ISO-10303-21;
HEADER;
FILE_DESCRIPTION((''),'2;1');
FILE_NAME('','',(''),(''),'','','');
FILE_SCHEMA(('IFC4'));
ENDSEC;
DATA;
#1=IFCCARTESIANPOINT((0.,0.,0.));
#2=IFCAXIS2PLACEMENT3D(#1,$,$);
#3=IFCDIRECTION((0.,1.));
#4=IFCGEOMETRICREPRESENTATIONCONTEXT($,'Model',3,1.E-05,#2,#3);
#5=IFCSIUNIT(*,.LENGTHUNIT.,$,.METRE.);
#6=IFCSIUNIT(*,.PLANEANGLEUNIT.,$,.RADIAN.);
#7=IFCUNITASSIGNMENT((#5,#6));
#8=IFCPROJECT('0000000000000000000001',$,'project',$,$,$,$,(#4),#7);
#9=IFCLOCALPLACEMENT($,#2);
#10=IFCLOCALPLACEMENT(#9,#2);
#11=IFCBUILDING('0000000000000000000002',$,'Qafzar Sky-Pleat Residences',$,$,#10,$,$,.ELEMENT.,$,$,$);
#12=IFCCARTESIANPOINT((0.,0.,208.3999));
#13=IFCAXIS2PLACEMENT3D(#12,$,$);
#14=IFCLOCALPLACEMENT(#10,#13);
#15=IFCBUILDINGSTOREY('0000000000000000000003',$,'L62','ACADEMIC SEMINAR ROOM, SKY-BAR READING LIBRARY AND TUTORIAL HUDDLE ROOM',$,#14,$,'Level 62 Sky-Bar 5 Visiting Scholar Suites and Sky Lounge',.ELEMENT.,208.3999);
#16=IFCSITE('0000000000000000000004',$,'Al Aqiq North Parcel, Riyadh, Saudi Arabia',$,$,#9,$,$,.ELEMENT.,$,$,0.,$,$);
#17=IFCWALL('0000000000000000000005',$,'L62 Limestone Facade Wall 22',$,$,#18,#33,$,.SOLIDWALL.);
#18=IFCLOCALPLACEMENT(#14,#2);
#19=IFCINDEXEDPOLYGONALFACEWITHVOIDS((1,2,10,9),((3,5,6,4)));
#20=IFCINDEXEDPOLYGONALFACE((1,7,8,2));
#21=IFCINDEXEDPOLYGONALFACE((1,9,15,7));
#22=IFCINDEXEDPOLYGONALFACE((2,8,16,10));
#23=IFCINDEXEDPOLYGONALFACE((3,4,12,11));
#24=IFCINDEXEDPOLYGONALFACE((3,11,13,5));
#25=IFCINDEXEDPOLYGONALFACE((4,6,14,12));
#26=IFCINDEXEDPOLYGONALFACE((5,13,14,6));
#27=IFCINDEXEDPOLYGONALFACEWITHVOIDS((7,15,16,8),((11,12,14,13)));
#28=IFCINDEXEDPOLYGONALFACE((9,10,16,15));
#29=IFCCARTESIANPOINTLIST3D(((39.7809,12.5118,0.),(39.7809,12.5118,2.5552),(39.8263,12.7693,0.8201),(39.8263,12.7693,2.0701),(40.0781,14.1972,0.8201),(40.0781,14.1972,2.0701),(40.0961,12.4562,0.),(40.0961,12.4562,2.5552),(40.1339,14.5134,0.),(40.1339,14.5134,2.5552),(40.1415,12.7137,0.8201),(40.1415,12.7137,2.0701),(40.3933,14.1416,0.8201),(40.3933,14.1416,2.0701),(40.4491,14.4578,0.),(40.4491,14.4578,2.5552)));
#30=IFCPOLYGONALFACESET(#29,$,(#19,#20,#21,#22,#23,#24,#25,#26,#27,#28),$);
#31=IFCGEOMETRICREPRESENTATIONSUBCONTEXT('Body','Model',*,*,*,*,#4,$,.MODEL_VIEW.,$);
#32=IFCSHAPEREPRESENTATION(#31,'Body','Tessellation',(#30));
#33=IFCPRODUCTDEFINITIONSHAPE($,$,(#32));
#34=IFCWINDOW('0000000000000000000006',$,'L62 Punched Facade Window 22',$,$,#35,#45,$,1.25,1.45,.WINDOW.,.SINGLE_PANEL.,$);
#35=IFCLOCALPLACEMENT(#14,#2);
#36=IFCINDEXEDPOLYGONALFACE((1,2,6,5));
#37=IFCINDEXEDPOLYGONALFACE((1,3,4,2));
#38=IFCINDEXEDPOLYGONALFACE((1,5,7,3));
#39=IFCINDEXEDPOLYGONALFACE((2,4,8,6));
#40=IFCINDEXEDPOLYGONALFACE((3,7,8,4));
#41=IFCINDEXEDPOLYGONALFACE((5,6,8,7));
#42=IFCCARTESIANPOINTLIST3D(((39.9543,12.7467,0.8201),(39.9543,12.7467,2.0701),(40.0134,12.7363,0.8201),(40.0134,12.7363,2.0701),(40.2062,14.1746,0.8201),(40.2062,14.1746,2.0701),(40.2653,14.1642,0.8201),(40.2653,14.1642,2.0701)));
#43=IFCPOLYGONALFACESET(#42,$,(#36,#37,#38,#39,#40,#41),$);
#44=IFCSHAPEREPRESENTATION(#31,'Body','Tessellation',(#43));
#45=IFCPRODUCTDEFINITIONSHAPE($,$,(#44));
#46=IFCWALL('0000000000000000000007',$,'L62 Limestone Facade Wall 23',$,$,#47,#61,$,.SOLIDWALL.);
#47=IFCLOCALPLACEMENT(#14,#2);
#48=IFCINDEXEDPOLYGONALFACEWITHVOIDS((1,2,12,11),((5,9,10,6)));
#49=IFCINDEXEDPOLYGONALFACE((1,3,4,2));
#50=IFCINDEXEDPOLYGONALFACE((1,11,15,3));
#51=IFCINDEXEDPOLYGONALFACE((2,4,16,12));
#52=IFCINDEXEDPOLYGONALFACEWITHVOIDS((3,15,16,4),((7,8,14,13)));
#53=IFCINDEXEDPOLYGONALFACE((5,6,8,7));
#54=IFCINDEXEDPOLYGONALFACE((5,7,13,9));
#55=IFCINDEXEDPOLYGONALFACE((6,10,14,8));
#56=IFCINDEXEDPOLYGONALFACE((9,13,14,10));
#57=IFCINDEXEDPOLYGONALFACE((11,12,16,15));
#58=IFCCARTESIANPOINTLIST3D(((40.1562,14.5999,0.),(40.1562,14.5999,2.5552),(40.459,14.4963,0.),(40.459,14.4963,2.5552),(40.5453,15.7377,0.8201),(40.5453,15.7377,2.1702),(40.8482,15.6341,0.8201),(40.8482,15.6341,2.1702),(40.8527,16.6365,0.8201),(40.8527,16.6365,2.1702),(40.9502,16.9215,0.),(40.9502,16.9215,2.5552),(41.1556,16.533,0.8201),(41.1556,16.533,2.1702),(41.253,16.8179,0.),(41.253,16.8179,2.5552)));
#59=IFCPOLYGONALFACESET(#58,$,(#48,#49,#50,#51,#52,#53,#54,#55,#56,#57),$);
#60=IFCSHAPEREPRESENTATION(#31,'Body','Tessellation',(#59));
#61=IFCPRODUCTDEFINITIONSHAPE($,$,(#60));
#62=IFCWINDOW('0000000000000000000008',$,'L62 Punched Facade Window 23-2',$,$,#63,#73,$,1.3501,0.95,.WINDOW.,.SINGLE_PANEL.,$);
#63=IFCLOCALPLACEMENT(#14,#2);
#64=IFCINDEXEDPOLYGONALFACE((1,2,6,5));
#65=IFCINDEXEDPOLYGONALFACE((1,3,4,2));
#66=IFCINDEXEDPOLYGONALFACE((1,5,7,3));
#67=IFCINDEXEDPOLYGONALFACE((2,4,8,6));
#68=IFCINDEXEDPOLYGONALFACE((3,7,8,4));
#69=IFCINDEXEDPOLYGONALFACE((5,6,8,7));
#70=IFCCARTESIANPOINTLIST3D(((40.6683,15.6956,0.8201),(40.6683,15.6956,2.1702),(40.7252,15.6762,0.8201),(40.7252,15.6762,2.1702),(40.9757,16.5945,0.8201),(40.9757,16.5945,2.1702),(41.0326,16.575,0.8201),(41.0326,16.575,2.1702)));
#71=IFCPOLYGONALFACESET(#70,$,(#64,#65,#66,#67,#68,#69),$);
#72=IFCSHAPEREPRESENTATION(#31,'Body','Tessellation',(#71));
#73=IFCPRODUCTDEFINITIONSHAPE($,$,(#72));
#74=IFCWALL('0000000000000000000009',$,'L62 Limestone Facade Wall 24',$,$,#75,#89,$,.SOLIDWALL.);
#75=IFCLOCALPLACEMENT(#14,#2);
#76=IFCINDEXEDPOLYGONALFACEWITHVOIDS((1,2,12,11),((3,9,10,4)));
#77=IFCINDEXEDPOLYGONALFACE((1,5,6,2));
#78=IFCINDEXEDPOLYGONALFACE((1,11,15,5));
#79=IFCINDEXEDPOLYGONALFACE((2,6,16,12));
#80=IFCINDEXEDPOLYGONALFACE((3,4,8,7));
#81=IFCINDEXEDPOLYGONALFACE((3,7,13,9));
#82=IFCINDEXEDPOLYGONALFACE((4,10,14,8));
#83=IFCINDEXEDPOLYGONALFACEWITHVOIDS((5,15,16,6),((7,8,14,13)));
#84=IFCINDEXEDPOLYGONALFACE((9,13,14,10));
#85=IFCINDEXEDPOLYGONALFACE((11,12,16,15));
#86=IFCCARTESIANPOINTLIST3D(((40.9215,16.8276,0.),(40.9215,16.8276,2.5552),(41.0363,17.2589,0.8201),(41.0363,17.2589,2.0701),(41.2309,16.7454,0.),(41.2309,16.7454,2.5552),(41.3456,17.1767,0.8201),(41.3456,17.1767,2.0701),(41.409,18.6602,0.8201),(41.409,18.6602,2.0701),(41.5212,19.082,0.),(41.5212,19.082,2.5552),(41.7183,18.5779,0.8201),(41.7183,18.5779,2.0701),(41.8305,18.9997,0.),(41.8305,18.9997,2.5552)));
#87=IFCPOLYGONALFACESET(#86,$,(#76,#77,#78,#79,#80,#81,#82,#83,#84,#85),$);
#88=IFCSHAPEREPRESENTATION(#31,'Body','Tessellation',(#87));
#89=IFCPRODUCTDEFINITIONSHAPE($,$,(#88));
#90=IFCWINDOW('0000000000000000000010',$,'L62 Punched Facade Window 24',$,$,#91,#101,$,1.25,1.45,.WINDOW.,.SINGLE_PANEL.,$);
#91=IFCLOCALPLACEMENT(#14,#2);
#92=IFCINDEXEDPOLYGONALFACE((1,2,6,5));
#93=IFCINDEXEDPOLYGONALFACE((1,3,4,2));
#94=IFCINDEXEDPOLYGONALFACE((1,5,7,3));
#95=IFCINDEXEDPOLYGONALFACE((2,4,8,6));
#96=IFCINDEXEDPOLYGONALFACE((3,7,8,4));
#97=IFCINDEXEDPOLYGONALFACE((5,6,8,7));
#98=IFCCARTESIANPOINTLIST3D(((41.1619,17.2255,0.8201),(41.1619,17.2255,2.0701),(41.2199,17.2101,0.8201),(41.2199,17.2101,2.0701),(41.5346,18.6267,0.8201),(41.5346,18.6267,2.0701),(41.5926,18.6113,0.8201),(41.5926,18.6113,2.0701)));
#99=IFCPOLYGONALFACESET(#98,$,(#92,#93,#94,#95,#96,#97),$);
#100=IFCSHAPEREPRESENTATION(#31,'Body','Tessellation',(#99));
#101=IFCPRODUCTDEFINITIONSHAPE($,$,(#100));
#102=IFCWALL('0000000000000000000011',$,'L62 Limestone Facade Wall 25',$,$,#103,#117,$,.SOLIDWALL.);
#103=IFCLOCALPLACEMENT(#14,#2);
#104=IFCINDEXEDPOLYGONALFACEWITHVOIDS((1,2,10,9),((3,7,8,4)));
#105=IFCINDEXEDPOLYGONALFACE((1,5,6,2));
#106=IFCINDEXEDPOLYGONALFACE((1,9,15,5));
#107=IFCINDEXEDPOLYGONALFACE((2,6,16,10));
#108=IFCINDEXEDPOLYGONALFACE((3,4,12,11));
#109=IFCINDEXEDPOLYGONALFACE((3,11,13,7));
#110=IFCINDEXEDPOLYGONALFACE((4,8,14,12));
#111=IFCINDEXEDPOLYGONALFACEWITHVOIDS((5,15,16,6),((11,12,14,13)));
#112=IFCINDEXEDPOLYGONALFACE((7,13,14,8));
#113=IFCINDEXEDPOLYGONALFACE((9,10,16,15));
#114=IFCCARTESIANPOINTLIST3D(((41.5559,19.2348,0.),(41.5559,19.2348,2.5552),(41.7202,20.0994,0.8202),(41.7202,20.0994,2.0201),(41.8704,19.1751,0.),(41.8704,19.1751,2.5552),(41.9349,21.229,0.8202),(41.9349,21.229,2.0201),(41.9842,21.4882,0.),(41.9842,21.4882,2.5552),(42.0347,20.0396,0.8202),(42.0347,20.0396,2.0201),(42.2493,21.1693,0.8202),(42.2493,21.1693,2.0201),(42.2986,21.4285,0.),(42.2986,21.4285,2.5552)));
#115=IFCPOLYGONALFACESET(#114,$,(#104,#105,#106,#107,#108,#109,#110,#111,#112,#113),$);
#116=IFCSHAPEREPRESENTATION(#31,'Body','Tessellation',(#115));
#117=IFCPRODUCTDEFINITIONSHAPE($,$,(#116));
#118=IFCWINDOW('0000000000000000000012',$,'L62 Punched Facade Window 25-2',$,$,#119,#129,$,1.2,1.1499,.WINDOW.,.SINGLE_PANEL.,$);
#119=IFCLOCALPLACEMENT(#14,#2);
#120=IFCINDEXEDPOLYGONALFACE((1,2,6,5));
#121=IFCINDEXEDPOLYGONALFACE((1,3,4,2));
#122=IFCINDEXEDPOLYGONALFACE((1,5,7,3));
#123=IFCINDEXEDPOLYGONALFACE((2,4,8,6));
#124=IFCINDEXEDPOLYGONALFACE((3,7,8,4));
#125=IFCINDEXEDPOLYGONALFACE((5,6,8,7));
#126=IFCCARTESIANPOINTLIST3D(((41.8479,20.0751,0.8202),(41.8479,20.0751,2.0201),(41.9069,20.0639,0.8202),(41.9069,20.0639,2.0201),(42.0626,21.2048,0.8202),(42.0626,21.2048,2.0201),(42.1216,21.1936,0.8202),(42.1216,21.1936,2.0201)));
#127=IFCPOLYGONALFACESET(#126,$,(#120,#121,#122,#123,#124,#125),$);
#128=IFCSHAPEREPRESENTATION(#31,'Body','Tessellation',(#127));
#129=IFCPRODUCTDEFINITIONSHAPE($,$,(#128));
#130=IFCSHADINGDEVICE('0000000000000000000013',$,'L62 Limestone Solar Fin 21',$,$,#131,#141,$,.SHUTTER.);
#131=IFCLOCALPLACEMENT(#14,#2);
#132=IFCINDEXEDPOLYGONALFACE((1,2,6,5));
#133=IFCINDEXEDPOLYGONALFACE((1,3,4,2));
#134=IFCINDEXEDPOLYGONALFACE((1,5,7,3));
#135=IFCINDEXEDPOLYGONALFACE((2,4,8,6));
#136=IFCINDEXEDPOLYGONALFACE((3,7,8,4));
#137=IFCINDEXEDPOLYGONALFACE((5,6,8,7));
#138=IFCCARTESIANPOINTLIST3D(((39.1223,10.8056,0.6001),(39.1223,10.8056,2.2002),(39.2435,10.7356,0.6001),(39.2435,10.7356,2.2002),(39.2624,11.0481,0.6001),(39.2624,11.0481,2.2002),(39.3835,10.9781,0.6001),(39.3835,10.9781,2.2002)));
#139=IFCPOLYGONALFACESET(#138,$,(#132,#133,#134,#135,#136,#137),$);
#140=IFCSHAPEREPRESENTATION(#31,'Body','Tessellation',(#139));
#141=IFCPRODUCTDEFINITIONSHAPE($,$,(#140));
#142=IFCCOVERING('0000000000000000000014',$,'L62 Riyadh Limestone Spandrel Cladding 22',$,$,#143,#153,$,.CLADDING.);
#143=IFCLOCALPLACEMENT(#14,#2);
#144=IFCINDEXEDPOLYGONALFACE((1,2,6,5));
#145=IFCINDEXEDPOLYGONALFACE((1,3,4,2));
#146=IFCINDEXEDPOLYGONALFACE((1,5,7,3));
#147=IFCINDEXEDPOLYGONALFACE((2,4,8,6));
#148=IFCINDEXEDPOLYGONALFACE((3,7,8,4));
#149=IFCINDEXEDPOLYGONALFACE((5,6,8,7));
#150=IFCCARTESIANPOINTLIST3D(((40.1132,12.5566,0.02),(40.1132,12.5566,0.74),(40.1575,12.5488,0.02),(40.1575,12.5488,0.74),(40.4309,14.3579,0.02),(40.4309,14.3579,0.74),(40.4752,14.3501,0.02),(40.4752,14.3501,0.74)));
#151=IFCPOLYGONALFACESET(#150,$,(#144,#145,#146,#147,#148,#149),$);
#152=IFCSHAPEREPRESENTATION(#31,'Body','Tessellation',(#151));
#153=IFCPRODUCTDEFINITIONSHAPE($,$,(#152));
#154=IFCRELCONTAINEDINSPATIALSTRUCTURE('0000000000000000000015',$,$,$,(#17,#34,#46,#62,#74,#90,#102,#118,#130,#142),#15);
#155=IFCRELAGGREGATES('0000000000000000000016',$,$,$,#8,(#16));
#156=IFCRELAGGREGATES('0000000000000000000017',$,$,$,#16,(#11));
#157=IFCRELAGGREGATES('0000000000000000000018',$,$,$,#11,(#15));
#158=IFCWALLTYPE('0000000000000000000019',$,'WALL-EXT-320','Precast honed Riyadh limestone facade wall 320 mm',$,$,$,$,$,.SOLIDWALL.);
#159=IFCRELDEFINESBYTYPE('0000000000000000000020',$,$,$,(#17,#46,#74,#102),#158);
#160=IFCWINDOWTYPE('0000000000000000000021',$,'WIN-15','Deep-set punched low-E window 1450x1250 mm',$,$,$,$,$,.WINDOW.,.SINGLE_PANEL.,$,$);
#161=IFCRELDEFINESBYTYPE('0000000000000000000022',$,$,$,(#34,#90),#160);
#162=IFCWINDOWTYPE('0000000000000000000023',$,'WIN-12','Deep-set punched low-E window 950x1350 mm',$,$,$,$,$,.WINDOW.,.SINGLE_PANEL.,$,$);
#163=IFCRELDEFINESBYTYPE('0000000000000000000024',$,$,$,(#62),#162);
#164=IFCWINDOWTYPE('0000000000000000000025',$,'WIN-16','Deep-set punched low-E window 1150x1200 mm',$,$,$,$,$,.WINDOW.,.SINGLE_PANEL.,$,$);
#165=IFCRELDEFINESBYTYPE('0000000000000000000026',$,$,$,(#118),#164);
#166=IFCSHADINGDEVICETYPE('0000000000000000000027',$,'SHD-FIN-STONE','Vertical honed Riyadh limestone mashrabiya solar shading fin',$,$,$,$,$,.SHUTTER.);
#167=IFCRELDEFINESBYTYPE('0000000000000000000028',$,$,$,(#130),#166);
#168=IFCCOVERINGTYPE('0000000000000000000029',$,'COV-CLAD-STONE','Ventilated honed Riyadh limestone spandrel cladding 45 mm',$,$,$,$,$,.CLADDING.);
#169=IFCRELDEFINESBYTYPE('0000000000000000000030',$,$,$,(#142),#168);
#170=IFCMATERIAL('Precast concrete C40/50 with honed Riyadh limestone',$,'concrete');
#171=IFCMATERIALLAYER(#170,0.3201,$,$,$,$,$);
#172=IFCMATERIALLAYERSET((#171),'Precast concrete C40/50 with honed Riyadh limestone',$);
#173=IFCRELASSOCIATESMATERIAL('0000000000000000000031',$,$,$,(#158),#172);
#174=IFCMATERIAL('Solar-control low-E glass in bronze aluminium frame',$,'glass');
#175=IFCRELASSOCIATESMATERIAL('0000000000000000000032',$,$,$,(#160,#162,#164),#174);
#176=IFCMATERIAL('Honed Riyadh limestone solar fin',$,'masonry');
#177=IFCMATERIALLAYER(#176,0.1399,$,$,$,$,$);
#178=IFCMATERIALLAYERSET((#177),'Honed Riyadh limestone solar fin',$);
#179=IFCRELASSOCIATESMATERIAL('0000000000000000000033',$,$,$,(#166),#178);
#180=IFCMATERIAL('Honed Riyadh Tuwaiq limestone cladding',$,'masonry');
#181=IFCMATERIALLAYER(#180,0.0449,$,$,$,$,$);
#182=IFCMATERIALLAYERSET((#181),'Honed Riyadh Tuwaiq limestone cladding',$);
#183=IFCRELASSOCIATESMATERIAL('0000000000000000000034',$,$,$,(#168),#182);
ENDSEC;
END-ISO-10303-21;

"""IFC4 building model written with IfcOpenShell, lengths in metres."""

from ifc_helpers import new_model, si_unit, direction, frame, frame_2d, origin, origin_2d, place, context, subcontext, project, spatial, rectangle, extrude, source, transform, mapped, material, layer, layer_set, type_object, element, fill, save


model = new_model("IFC4")

# Units and contexts
model_context = context("Model", 3, precision=1e-05, world=origin(), true_north=direction((0.0, 1.0)))
body_context = subcontext(model_context, "Body", "Model", "MODEL_VIEW")
ifc_project = project(units=[si_unit("LENGTHUNIT", "METRE"), si_unit("PLANEANGLEUNIT", "RADIAN")], contexts=[model_context])

# Site, building, storey
site_placement = place(None, origin())
site = spatial("IfcSite", under=ifc_project, at=site_placement, Name="Al Aqiq North Parcel, Riyadh, Saudi Arabia", CompositionType="ELEMENT", RefElevation=0.0)
building_placement = place(site_placement, origin())
building = spatial("IfcBuilding", under=site, at=building_placement, Name="Qafzar Sky-Pleat Residences", CompositionType="ELEMENT")
storey_placement = place(building_placement, frame((0.0, 0.0, 208.3999)))
storey = spatial("IfcBuildingStorey", under=building, at=storey_placement, Name="L62", Description="ACADEMIC SEMINAR ROOM, SKY-BAR READING LIBRARY AND TUTORIAL HUDDLE ROOM", LongName="Level 62 Sky-Bar 5 Visiting Scholar Suites and Sky Lounge", CompositionType="ELEMENT", Elevation=208.3999)

# Walls, openings, windows
ifc_material_1 = material(Name="Precast concrete C40/50 with honed Riyadh limestone", Category="concrete")
ifc_layer_1 = layer(ifc_material_1, 0.3201)
ifc_layer_set_1 = layer_set([ifc_layer_1], Name="Precast concrete C40/50 with honed Riyadh limestone")
wall_type_1 = type_object("IfcWallType", Name="WALL-EXT-320", Description="Precast honed Riyadh limestone facade wall 320 mm", PredefinedType="SOLIDWALL", material=ifc_layer_set_1)
ifc_material_2 = material(Name="Solar-control low-E glass in bronze aluminium frame", Category="glass")
window_type_1 = type_object("IfcWindowType", Name="WIN-15", Description="Deep-set punched low-E window 1450x1250 mm", PartitioningType="SINGLE_PANEL", PredefinedType="WINDOW", material=ifc_material_2)
shared_shape_1 = source(origin(), body_context, "Body", "SweptSolid", [
    extrude(rectangle(XDim=1.45, YDim=1.25, at=frame_2d((0.7251, 0.625))), frame((0.0, 0.03, 0.0), z_axis=(0.0, -1.0, 0.0), x_axis=(1.0, 0.0, 0.0)), (0.0, 0.0, 1.0), 0.0601),
])
wall_1_placement = place(storey_placement, frame((39.9385, 12.4841, 0.0), z_axis=(0.0, 0.0, 1.0), x_axis=(0.173703, 0.984798, 0.0)))
wall_1 = element("IfcWall", 1, at=wall_1_placement, inside=storey, type_object=wall_type_1, Name="L62 Limestone Facade Wall 22", PredefinedType="SOLIDWALL", context=body_context, shape_type="SweptSolid", body=[
    extrude(rectangle(XDim=2.0325, YDim=0.3201, at=frame_2d((1.0161, 0.0))), origin(), (0.0, 0.0, 1.0), 2.5552),
])
opening_1_placement = place(wall_1_placement, frame((0.2612, 0.0, 0.8201)))
opening_1 = element("IfcOpeningElement", 2, at=opening_1_placement, cuts=wall_1, PredefinedType="OPENING", context=body_context, shape_type="SweptSolid", body=[
    extrude(rectangle(XDim=1.45, YDim=1.25, at=frame_2d((0.7251, 0.625))), frame((0.0, 0.1699, 0.0), z_axis=(0.0, -1.0, 0.0), x_axis=(1.0, 0.0, 0.0)), (0.0, 0.0, 1.0), 0.3401),
])
window_1_placement = place(opening_1_placement, origin())
window_1 = element("IfcWindow", 3, at=window_1_placement, inside=storey, type_object=window_type_1, Name="L62 Punched Facade Window 22", OverallHeight=1.25, OverallWidth=1.45, PartitioningType="SINGLE_PANEL", PredefinedType="WINDOW", context=body_context, shape_type="MappedRepresentation", body=[
    mapped(shared_shape_1, transform((0.0, 0.0, 0.0), x_axis=(1.0, 0.0, 0.0), y_axis=(0.0, 1.0, 0.0), z_axis=(0.0, 0.0, 1.0), scale=1.0)),
])
fill(opening_1, window_1)
wall_2_placement = place(storey_placement, frame((40.3076, 14.5481, 0.0), z_axis=(0.0, 0.0, 1.0), x_axis=(0.323592, 0.946197, 0.0)))
wall_2 = element("IfcWall", 4, at=wall_2_placement, inside=storey, type_object=wall_type_1, Name="L62 Limestone Facade Wall 23", PredefinedType="SOLIDWALL", context=body_context, shape_type="SweptSolid", body=[
    extrude(rectangle(XDim=2.4536, YDim=0.3201, at=frame_2d((1.2268, 0.0))), origin(), (0.0, 0.0, 1.0), 2.5552),
])
opening_2_placement = place(wall_2_placement, frame((1.2024, 0.0, 0.8201)))
opening_2 = element("IfcOpeningElement", 5, at=opening_2_placement, cuts=wall_2, PredefinedType="OPENING", context=body_context, shape_type="SweptSolid", body=[
    extrude(rectangle(XDim=0.95, YDim=1.3501, at=frame_2d((0.4751, 0.675))), frame((0.0, 0.1699, 0.0), z_axis=(0.0, -1.0, 0.0), x_axis=(1.0, 0.0, 0.0)), (0.0, 0.0, 1.0), 0.3401),
])
window_type_2 = type_object("IfcWindowType", Name="WIN-12", Description="Deep-set punched low-E window 950x1350 mm", PartitioningType="SINGLE_PANEL", PredefinedType="WINDOW", material=ifc_material_2)
shared_shape_2 = source(origin(), body_context, "Body", "SweptSolid", [
    extrude(rectangle(XDim=0.95, YDim=1.3501, at=frame_2d((0.4751, 0.675))), frame((0.0, 0.03, 0.0), z_axis=(0.0, -1.0, 0.0), x_axis=(1.0, 0.0, 0.0)), (0.0, 0.0, 1.0), 0.0601),
])
window_2_placement = place(opening_2_placement, origin())
window_2 = element("IfcWindow", 6, at=window_2_placement, inside=storey, type_object=window_type_2, Name="L62 Punched Facade Window 23-2", OverallHeight=1.3501, OverallWidth=0.95, PartitioningType="SINGLE_PANEL", PredefinedType="WINDOW", context=body_context, shape_type="MappedRepresentation", body=[
    mapped(shared_shape_2, transform((0.0, 0.0, 0.0), x_axis=(1.0, 0.0, 0.0), y_axis=(0.0, 1.0, 0.0), z_axis=(0.0, 0.0, 1.0), scale=1.0)),
])
fill(opening_2, window_2)
wall_3_placement = place(storey_placement, frame((41.0762, 16.7864, 0.0), z_axis=(0.0, 0.0, 1.0), x_axis=(0.257037, 0.966401, 0.0)))
wall_3 = element("IfcWall", 7, at=wall_3_placement, inside=storey, type_object=wall_type_1, Name="L62 Limestone Facade Wall 24", PredefinedType="SOLIDWALL", context=body_context, shape_type="SweptSolid", body=[
    extrude(rectangle(XDim=2.3328, YDim=0.3201, at=frame_2d((1.1665, 0.0))), origin(), (0.0, 0.0, 1.0), 2.5552),
])
opening_3_placement = place(wall_3_placement, frame((0.4463, 0.0, 0.8201)))
opening_3 = element("IfcOpeningElement", 8, at=opening_3_placement, cuts=wall_3, PredefinedType="OPENING", context=body_context, shape_type="SweptSolid", body=[
    extrude(rectangle(XDim=1.45, YDim=1.25, at=frame_2d((0.7251, 0.625))), frame((0.0, 0.1699, 0.0), z_axis=(0.0, -1.0, 0.0), x_axis=(1.0, 0.0, 0.0)), (0.0, 0.0, 1.0), 0.3401),
])
window_3_placement = place(opening_3_placement, origin())
window_3 = element("IfcWindow", 9, at=window_3_placement, inside=storey, type_object=window_type_1, Name="L62 Punched Facade Window 24", OverallHeight=1.25, OverallWidth=1.45, PartitioningType="SINGLE_PANEL", PredefinedType="WINDOW", context=body_context, shape_type="MappedRepresentation", body=[
    mapped(shared_shape_1, transform((0.0, 0.0, 0.0), x_axis=(1.0, 0.0, 0.0), y_axis=(0.0, 1.0, 0.0), z_axis=(0.0, 0.0, 1.0), scale=1.0)),
])
fill(opening_3, window_3)
wall_4_placement = place(storey_placement, frame((41.7131, 19.2048, 0.0), z_axis=(0.0, 0.0, 1.0), x_axis=(0.186691, 0.982419, 0.0)))
wall_4 = element("IfcWall", 10, at=wall_4_placement, inside=storey, type_object=wall_type_1, Name="L62 Limestone Facade Wall 25", PredefinedType="SOLIDWALL", context=body_context, shape_type="SweptSolid", body=[
    extrude(rectangle(XDim=2.2937, YDim=0.3201, at=frame_2d((1.147, 0.0))), origin(), (0.0, 0.0, 1.0), 2.5552),
])
opening_4_placement = place(wall_4_placement, frame((0.8801, 0.0, 0.8201)))
opening_4 = element("IfcOpeningElement", 11, at=opening_4_placement, cuts=wall_4, PredefinedType="OPENING", context=body_context, shape_type="SweptSolid", body=[
    extrude(rectangle(XDim=1.1499, YDim=1.2, at=frame_2d((0.575, 0.6001))), frame((0.0, 0.1699, 0.0), z_axis=(0.0, -1.0, 0.0), x_axis=(1.0, 0.0, 0.0)), (0.0, 0.0, 1.0), 0.3401),
])
window_type_3 = type_object("IfcWindowType", Name="WIN-16", Description="Deep-set punched low-E window 1150x1200 mm", PartitioningType="SINGLE_PANEL", PredefinedType="WINDOW", material=ifc_material_2)
shared_shape_3 = source(origin(), body_context, "Body", "SweptSolid", [
    extrude(rectangle(XDim=1.1499, YDim=1.2, at=frame_2d((0.575, 0.6001))), frame((0.0, 0.03, 0.0), z_axis=(0.0, -1.0, 0.0), x_axis=(1.0, 0.0, 0.0)), (0.0, 0.0, 1.0), 0.0601),
])
window_4_placement = place(opening_4_placement, origin())
window_4 = element("IfcWindow", 12, at=window_4_placement, inside=storey, type_object=window_type_3, Name="L62 Punched Facade Window 25-2", OverallHeight=1.2, OverallWidth=1.1499, PartitioningType="SINGLE_PANEL", PredefinedType="WINDOW", context=body_context, shape_type="MappedRepresentation", body=[
    mapped(shared_shape_3, transform((0.0, 0.0, 0.0), x_axis=(1.0, 0.0, 0.0), y_axis=(0.0, 1.0, 0.0), z_axis=(0.0, 0.0, 1.0), scale=1.0)),
])
fill(opening_4, window_4)

# Shading device
ifc_material_3 = material(Name="Honed Riyadh limestone solar fin", Category="masonry")
ifc_layer_2 = layer(ifc_material_3, 0.1399)
ifc_layer_set_2 = layer_set([ifc_layer_2], Name="Honed Riyadh limestone solar fin")
shading_device_type = type_object("IfcShadingDeviceType", Name="SHD-FIN-STONE", Description="Vertical honed Riyadh limestone mashrabiya solar shading fin", PredefinedType="SHUTTER", material=ifc_layer_set_2)
shared_shape_4 = source(origin(), body_context, "Body", "SweptSolid", [
    extrude(rectangle(XDim=0.1399, YDim=0.28, at=origin_2d()), origin(), (0.0, 0.0, 1.0), 1.6001),
])
shading_device_placement = place(storey_placement, frame((39.2529, 10.8918, 0.6001), z_axis=(0.0, 0.0, 1.0), x_axis=(0.866032, -0.499989, 0.0)))
element("IfcShadingDevice", 13, at=shading_device_placement, inside=storey, type_object=shading_device_type, Name="L62 Limestone Solar Fin 21", PredefinedType="SHUTTER", context=body_context, shape_type="MappedRepresentation", body=[
    mapped(shared_shape_4, transform((0.0, 0.0, 0.0), x_axis=(1.0, 0.0, 0.0), y_axis=(0.0, 1.0, 0.0), z_axis=(0.0, 0.0, 1.0), scale=1.0)),
])

# Covering
ifc_material_4 = material(Name="Honed Riyadh Tuwaiq limestone cladding", Category="masonry")
ifc_layer_3 = layer(ifc_material_4, 0.0449)
ifc_layer_set_3 = layer_set([ifc_layer_3], Name="Honed Riyadh Tuwaiq limestone cladding")
covering_type = type_object("IfcCoveringType", Name="COV-CLAD-STONE", Description="Ventilated honed Riyadh limestone spandrel cladding 45 mm", PredefinedType="CLADDING", material=ifc_layer_set_3)
shared_shape_5 = source(origin(), body_context, "Body", "SweptSolid", [
    extrude(rectangle(XDim=1.8291, YDim=0.0449, at=origin_2d()), origin(), (0.0, 0.0, 1.0), 0.72),
])
covering_placement = place(storey_placement, frame((40.2942, 13.4534, 0.02), z_axis=(0.0, 0.0, 1.0), x_axis=(0.173696, 0.984799, 0.0)))
element("IfcCovering", 14, at=covering_placement, inside=storey, type_object=covering_type, Name="L62 Riyadh Limestone Spandrel Cladding 22", PredefinedType="CLADDING", context=body_context, shape_type="MappedRepresentation", body=[
    mapped(shared_shape_5, transform((0.0, 0.0, 0.0), x_axis=(1.0, 0.0, 0.0), y_axis=(0.0, 1.0, 0.0), z_axis=(0.0, 0.0, 1.0), scale=1.0)),
])

save(model, "model.ifc")
